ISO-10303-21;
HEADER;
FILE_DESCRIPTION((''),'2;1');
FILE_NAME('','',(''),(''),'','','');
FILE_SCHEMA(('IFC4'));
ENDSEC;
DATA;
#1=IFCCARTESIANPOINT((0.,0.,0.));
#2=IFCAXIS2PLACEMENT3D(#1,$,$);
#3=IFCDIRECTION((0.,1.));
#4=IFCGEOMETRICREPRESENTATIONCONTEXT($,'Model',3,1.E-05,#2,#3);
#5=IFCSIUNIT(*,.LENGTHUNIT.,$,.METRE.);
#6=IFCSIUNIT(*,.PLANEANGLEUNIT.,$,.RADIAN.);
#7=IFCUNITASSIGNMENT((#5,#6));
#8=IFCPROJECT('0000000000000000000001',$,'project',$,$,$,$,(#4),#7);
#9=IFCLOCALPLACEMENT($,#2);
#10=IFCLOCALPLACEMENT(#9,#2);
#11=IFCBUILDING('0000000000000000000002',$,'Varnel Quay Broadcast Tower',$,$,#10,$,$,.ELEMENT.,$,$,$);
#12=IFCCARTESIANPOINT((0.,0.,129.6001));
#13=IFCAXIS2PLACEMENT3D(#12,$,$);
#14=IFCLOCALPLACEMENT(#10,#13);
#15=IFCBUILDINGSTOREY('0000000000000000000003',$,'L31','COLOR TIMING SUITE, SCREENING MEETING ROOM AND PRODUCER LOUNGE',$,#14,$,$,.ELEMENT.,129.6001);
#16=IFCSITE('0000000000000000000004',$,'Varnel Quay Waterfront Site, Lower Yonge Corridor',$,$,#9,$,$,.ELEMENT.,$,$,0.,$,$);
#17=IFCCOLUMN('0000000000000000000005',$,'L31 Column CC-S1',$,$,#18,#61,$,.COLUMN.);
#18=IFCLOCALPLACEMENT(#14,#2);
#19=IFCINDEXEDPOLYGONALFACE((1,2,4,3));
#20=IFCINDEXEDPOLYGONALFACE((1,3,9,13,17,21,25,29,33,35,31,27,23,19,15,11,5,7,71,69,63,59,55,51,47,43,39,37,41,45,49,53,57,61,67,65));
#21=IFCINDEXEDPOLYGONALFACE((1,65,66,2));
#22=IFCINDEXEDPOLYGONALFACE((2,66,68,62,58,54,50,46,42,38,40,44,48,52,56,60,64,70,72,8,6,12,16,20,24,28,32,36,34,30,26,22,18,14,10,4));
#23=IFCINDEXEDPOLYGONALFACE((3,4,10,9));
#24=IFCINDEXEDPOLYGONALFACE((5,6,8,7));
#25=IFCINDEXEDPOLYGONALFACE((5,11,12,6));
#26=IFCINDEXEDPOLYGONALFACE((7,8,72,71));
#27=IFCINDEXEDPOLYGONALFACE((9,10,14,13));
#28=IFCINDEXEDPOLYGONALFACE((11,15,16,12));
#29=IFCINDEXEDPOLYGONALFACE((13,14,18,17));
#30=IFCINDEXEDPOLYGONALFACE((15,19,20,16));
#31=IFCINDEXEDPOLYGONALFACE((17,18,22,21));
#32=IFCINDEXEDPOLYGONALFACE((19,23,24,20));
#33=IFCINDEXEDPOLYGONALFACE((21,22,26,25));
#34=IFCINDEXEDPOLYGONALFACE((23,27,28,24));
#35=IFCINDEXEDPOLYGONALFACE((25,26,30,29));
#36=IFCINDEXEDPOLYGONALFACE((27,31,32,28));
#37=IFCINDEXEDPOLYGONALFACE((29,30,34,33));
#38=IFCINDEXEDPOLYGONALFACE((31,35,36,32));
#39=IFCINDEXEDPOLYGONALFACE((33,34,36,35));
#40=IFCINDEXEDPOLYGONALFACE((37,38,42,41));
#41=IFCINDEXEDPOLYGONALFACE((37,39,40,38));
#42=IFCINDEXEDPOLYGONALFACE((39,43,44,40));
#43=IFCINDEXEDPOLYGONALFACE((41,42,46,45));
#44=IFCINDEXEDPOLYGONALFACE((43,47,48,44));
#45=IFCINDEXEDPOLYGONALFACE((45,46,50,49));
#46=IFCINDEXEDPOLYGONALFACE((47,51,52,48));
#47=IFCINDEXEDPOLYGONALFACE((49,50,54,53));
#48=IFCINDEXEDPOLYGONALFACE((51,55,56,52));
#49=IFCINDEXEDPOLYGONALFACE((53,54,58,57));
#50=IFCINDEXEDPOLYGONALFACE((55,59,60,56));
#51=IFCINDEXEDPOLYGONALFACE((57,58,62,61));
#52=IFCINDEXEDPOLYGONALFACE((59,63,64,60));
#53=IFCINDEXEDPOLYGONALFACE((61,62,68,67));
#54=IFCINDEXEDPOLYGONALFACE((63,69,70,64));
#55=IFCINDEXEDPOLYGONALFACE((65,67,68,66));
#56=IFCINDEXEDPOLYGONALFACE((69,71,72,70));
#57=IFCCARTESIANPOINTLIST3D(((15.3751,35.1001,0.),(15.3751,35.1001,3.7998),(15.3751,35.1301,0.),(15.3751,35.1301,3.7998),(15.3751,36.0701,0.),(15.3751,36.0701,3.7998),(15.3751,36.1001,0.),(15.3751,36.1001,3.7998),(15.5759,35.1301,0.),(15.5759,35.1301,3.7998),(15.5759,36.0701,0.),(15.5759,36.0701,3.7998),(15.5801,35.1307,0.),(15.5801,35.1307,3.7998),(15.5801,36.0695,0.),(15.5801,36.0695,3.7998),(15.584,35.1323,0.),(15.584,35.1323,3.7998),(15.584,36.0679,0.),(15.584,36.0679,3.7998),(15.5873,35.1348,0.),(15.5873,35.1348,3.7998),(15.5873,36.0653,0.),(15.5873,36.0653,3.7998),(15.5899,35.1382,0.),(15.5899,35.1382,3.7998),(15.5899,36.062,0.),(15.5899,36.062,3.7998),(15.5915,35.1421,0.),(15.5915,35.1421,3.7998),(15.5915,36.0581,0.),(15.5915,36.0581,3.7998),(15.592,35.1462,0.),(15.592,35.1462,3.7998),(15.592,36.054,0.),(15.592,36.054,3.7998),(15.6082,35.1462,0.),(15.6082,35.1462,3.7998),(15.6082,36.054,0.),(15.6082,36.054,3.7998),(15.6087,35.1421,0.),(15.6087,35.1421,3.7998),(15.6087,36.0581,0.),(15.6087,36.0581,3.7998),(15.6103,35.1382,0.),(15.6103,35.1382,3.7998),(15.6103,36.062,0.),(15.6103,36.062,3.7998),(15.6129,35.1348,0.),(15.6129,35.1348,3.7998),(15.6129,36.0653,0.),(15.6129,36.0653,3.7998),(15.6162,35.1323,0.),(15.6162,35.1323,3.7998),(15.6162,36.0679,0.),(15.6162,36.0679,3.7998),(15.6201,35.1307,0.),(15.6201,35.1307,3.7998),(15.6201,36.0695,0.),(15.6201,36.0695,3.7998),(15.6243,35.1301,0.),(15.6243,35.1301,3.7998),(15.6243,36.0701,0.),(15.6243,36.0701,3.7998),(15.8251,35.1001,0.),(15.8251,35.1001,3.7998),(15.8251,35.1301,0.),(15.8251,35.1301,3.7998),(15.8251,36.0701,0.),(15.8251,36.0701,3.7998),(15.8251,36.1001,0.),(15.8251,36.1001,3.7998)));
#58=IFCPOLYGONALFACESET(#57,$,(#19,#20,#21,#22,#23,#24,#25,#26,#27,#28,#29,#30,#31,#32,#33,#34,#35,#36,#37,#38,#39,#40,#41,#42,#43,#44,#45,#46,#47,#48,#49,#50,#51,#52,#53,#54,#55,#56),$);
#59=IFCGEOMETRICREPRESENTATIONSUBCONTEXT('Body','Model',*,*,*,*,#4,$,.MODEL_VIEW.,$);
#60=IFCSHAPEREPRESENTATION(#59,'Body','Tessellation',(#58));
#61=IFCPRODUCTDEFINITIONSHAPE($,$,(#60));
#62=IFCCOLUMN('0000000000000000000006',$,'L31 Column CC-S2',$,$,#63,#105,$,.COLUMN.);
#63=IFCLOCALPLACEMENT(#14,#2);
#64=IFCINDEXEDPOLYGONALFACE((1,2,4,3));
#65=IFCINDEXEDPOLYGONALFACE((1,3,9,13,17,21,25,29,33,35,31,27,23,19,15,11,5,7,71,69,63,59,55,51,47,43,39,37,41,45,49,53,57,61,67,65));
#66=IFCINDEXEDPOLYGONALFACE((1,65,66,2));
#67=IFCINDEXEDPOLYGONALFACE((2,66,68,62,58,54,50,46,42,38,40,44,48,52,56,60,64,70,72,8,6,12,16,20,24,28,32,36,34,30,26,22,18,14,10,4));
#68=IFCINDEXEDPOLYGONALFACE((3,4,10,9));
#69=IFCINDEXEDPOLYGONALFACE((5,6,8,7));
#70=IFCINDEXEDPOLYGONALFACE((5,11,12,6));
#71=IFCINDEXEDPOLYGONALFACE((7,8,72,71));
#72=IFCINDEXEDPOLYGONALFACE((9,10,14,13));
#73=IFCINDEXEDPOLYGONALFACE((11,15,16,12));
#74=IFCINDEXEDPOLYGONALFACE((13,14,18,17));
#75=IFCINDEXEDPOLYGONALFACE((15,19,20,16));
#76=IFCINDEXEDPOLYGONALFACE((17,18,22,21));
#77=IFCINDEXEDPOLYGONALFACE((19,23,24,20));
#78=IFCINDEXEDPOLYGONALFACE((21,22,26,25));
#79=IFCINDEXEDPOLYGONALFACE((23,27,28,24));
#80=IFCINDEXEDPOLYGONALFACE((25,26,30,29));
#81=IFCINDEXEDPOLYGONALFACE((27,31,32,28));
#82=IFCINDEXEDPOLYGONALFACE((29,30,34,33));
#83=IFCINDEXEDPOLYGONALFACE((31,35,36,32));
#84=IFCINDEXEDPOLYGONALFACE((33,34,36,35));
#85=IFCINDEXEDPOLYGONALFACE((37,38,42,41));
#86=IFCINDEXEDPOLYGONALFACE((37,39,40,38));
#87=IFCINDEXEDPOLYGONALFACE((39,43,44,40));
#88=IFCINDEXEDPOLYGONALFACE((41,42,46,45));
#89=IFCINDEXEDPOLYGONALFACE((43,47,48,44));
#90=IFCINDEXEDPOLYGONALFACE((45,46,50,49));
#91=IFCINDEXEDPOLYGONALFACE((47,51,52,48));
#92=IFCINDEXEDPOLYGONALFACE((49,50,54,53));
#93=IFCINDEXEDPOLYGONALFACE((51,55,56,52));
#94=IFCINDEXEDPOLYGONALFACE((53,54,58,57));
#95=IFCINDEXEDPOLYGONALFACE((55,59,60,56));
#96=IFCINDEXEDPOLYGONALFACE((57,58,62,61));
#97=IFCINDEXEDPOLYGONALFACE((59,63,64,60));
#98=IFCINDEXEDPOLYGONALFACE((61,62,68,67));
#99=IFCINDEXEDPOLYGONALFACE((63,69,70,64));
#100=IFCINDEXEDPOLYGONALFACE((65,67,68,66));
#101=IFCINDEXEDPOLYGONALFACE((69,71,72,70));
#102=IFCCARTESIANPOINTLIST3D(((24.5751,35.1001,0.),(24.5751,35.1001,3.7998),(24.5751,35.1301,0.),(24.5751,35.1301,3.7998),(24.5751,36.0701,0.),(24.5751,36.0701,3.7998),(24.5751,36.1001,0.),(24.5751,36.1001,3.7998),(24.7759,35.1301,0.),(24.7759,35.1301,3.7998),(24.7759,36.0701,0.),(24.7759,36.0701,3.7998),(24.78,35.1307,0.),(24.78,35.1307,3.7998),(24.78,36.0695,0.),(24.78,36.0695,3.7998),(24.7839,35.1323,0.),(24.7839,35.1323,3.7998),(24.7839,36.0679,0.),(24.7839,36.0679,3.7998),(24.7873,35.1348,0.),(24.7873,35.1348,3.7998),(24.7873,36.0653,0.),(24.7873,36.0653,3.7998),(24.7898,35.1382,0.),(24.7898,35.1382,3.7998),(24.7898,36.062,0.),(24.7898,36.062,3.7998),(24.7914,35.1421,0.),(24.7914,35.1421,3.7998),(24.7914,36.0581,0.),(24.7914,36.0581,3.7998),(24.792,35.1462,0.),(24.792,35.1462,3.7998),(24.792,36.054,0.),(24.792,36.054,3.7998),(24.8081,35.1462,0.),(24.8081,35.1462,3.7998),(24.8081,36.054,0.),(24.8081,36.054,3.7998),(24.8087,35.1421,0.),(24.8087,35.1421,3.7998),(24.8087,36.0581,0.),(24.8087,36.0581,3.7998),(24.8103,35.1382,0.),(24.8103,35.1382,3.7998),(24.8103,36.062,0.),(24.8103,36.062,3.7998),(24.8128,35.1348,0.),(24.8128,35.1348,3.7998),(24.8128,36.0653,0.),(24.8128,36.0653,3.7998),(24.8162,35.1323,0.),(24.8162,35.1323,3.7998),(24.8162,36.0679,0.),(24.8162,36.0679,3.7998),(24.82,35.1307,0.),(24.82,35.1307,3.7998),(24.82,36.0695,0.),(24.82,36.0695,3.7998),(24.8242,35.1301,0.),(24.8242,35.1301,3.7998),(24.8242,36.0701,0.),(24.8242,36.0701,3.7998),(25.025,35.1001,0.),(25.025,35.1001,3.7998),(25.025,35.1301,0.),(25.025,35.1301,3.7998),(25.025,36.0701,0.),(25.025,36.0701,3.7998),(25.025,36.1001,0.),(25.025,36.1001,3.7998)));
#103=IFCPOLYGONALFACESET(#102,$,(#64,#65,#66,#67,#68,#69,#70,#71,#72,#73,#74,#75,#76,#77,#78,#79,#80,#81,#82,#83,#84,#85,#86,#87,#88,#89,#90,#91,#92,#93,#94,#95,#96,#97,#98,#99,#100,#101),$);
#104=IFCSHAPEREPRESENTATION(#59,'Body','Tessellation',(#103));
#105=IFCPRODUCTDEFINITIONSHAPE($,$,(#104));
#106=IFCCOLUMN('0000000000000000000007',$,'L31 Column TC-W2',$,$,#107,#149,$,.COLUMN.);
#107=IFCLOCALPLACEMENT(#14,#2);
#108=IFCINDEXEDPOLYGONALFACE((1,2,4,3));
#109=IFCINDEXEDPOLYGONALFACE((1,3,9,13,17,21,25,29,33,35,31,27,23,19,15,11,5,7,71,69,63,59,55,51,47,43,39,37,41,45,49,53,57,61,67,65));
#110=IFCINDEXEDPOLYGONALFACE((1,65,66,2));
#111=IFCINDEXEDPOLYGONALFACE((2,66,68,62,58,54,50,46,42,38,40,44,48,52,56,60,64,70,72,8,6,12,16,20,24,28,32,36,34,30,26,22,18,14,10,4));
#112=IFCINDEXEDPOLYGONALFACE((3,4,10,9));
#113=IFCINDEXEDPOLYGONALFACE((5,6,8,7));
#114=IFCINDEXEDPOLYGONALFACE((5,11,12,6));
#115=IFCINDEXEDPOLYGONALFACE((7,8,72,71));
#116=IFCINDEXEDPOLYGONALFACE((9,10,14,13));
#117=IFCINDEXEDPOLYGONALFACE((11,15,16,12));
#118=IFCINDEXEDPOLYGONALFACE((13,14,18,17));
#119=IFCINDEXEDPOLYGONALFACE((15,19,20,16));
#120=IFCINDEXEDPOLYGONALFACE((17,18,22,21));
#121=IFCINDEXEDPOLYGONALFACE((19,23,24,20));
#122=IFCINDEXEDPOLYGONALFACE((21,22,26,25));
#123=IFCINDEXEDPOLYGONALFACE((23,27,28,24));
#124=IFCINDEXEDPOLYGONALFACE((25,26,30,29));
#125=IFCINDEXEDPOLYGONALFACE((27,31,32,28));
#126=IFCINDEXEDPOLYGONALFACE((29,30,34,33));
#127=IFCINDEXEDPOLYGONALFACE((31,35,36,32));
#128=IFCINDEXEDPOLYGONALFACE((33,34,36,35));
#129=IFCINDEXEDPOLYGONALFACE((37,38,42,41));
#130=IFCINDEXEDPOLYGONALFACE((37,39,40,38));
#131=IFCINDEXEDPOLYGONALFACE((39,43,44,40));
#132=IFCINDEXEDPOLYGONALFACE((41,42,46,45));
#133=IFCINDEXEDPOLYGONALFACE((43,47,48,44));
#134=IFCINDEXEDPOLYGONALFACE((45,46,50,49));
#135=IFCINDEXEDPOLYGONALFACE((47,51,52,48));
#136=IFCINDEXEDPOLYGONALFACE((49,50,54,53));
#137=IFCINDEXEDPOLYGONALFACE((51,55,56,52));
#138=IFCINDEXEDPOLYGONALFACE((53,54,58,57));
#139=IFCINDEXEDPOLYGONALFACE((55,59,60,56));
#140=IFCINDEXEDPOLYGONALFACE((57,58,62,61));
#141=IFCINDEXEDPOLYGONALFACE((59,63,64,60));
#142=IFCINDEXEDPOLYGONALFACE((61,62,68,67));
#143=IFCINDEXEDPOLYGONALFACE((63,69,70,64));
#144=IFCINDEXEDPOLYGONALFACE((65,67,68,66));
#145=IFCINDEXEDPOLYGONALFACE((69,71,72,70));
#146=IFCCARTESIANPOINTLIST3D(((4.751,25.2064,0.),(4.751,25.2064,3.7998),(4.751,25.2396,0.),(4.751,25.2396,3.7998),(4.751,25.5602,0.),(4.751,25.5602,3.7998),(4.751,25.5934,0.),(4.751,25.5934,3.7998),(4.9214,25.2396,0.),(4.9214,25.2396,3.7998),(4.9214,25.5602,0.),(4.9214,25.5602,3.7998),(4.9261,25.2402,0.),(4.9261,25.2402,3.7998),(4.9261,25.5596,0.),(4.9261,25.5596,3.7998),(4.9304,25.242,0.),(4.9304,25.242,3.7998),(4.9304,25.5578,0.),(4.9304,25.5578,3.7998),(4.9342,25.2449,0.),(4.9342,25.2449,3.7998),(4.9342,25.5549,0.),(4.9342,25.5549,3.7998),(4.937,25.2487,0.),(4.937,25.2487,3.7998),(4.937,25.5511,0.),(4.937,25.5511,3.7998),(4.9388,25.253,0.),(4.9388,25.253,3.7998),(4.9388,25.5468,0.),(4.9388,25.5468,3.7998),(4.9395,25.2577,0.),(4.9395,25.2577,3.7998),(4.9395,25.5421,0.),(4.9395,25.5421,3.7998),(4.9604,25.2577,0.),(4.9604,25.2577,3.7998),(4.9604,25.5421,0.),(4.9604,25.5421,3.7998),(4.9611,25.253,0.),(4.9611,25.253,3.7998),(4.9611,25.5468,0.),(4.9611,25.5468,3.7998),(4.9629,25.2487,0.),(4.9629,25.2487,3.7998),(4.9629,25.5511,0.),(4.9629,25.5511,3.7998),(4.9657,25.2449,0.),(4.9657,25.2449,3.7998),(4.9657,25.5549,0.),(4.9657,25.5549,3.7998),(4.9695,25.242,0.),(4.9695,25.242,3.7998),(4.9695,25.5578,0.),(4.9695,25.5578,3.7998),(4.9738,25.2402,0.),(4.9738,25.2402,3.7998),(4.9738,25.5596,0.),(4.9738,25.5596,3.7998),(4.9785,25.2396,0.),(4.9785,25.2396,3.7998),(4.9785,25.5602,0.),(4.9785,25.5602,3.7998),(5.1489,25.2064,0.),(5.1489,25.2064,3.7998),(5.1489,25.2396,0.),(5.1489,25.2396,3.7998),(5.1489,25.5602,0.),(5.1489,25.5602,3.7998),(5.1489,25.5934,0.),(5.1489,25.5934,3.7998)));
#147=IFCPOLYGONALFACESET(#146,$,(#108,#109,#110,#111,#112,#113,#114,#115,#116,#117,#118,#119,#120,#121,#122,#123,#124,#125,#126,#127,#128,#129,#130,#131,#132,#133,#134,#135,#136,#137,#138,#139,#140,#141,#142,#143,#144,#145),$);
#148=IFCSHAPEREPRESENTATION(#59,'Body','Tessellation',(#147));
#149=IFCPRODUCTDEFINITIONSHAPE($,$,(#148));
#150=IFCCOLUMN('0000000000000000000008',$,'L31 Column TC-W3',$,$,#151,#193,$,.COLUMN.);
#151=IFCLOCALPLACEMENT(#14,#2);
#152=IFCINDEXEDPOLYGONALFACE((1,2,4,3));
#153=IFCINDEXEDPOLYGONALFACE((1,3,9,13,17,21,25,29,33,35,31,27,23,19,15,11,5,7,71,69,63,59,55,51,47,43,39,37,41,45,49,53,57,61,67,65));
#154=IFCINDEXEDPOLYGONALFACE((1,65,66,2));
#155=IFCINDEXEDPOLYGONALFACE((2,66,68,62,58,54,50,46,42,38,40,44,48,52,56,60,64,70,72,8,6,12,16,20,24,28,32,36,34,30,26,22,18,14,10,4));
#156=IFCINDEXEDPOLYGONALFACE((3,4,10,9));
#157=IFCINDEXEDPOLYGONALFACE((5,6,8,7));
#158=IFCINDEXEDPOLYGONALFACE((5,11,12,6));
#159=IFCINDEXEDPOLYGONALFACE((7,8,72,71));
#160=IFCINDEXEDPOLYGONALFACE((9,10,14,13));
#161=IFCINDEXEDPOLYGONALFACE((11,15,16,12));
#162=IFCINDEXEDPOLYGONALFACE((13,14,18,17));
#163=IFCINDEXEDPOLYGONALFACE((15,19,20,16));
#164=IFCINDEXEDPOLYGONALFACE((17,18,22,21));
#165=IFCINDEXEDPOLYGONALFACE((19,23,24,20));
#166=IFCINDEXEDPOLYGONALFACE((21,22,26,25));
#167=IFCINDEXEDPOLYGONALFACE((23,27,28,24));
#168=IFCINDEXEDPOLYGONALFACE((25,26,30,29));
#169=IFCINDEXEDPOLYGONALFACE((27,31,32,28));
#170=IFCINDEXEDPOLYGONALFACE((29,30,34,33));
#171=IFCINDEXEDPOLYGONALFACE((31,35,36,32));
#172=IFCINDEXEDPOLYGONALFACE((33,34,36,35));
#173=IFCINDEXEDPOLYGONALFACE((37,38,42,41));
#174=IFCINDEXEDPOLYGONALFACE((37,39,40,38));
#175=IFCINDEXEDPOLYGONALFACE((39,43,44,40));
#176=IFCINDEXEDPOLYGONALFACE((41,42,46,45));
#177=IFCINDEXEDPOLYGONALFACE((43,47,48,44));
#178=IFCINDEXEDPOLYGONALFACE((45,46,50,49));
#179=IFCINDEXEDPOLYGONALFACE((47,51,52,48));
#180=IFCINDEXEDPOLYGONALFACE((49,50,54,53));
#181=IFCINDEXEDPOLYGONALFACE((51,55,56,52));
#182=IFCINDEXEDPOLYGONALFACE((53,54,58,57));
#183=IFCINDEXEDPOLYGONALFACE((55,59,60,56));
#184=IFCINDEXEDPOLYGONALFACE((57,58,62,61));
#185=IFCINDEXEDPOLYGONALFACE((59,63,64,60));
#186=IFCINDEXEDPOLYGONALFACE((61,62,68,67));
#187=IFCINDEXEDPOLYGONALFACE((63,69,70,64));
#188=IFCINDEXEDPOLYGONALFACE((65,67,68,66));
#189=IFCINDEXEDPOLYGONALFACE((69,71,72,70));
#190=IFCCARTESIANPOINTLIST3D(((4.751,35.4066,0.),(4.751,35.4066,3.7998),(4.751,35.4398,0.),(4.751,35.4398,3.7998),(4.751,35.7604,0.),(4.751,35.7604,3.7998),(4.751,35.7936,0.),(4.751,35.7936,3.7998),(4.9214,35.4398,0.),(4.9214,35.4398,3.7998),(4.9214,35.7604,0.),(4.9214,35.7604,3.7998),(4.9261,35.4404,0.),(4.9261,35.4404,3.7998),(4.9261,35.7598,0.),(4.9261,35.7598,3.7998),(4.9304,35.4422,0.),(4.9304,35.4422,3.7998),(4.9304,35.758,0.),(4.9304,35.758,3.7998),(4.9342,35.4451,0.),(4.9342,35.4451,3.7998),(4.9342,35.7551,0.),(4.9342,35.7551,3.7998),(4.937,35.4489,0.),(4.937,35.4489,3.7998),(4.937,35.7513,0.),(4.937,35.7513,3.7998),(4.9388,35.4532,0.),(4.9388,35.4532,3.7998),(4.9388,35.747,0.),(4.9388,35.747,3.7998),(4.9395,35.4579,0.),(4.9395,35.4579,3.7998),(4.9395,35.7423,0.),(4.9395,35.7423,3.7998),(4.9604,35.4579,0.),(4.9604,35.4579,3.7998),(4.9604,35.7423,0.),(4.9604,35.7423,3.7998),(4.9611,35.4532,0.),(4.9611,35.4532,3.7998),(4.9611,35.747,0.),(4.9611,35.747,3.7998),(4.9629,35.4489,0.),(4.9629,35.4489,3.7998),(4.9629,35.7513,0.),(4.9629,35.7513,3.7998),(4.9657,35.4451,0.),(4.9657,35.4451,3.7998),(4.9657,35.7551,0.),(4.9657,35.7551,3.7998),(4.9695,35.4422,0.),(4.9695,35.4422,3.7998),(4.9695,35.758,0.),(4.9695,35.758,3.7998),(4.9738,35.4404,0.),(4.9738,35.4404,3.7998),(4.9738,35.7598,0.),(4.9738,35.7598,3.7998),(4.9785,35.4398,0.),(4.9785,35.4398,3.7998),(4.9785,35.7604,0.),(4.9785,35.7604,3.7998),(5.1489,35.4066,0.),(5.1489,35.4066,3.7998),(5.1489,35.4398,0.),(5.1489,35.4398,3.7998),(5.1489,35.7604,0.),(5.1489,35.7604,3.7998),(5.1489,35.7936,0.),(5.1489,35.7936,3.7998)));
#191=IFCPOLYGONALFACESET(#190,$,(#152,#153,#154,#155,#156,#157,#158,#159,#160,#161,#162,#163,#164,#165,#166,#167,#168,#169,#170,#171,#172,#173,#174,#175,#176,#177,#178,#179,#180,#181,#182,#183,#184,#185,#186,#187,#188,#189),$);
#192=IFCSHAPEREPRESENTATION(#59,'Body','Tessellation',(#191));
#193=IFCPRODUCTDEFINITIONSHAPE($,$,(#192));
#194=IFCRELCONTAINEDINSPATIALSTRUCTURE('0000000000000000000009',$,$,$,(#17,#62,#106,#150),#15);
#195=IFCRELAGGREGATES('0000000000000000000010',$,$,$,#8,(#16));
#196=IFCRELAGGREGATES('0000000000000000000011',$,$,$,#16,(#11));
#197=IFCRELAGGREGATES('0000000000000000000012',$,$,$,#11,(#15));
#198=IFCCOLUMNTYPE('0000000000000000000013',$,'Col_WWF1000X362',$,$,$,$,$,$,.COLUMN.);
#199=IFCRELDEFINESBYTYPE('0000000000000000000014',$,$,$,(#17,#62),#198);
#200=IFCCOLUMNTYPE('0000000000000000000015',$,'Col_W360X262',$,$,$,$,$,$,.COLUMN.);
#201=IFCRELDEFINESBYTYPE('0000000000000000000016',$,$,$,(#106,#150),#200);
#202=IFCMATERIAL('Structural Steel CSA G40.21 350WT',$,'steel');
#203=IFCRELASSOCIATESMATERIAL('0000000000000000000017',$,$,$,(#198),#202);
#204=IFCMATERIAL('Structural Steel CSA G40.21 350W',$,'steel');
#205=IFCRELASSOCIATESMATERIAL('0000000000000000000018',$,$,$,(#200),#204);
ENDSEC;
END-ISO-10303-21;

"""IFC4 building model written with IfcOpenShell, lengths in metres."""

from ifc_helpers import new_model, si_unit, direction, frame, origin, origin_2d, place, context, subcontext, project, spatial, i_section, extrude, source, transform, mapped, material, material_profile, profile_set, type_object, type_shapes, element, save


model = new_model("IFC4")

# Units and contexts
model_context = context("Model", 3, precision=1e-05, world=origin(), true_north=direction((0.0, 1.0)))
body_context = subcontext(model_context, "Body", "Model", "MODEL_VIEW")
ifc_project = project(units=[si_unit("LENGTHUNIT", "METRE"), si_unit("PLANEANGLEUNIT", "RADIAN")], contexts=[model_context])

# Site, building, storey
site_placement = place(None, origin())
site = spatial("IfcSite", under=ifc_project, at=site_placement, Name="Varnel Quay Waterfront Site, Lower Yonge Corridor", CompositionType="ELEMENT", RefElevation=0.0)
building_placement = place(site_placement, origin())
building = spatial("IfcBuilding", under=site, at=building_placement, Name="Varnel Quay Broadcast Tower", CompositionType="ELEMENT")
storey_placement = place(building_placement, frame((0.0, 0.0, 129.6001)))
storey = spatial("IfcBuildingStorey", under=building, at=storey_placement, Name="L31", Description="COLOR TIMING SUITE, SCREENING MEETING ROOM AND PRODUCER LOUNGE", CompositionType="ELEMENT", Elevation=129.6001)

# Columns
ifc_material_1 = material(Name="Structural Steel CSA G40.21 350WT", Category="steel")
ifc_material_profile_1 = material_profile(ifc_material_1, i_section(OverallWidth=0.45, OverallDepth=1.0, WebThickness=0.0161, FlangeThickness=0.03, FilletRadius=0.0161, at=origin_2d()), Name="WWF1000X362")
ifc_profile_set_1 = profile_set([ifc_material_profile_1], Name="Structural Steel CSA G40.21 350WT")
column_type_1 = type_object("IfcColumnType", Name="Col_WWF1000X362", PredefinedType="COLUMN", material=ifc_profile_set_1)
shared_shape_1 = source(origin(), body_context, "Body", "SweptSolid", [
    extrude(i_section(OverallWidth=0.45, OverallDepth=1.0, WebThickness=0.0161, FlangeThickness=0.03, FilletRadius=0.0161, at=origin_2d()), origin(), (0.0, 0.0, 1.0), 3.7998),
])
type_shapes(column_type_1, [shared_shape_1])
for number, where, z_axis, x_axis, name in (
    (1, (15.6001, 35.6001, 0.0), (0.0, 0.0, 1.0), (1.0, 0.0, 0.0), "L31 Column CC-S1"),
    (2, (24.8, 35.6001, 0.0), (0.0, 0.0, 1.0), (1.0, 0.0, 0.0), "L31 Column CC-S2"),
):
    element("IfcColumn", number, at=place(storey_placement, frame(where, z_axis=z_axis, x_axis=x_axis)), inside=storey, type_object=column_type_1, Name=name, PredefinedType="COLUMN", context=body_context, shape_type="MappedRepresentation", body=[
        mapped(shared_shape_1, transform((0.0, 0.0, 0.0), x_axis=(1.0, 0.0, 0.0), y_axis=(0.0, 1.0, 0.0), z_axis=(0.0, 0.0, 1.0), scale=1.0)),
    ])
ifc_material_2 = material(Name="Structural Steel CSA G40.21 350W", Category="steel")
ifc_material_profile_2 = material_profile(ifc_material_2, i_section(OverallWidth=0.3979, OverallDepth=0.387, WebThickness=0.021, FlangeThickness=0.0332, FilletRadius=0.0181, at=origin_2d()), Name="W360X262")
ifc_profile_set_2 = profile_set([ifc_material_profile_2], Name="Structural Steel CSA G40.21 350W")
column_type_2 = type_object("IfcColumnType", Name="Col_W360X262", PredefinedType="COLUMN", material=ifc_profile_set_2)
shared_shape_2 = source(origin(), body_context, "Body", "SweptSolid", [
    extrude(i_section(OverallWidth=0.3979, OverallDepth=0.387, WebThickness=0.021, FlangeThickness=0.0332, FilletRadius=0.0181, at=origin_2d()), origin(), (0.0, 0.0, 1.0), 3.7998),
])
type_shapes(column_type_2, [shared_shape_2])
for number, where, z_axis, x_axis, name in (
    (3, (4.95, 25.3999, 0.0), (0.0, 0.0, 1.0), (1.0, 0.0, 0.0), "L31 Column TC-W2"),
    (4, (4.95, 35.6001, 0.0), (0.0, 0.0, 1.0), (1.0, 0.0, 0.0), "L31 Column TC-W3"),
):
    element("IfcColumn", number, at=place(storey_placement, frame(where, z_axis=z_axis, x_axis=x_axis)), inside=storey, type_object=column_type_2, Name=name, PredefinedType="COLUMN", context=body_context, shape_type="MappedRepresentation", body=[
        mapped(shared_shape_2, transform((0.0, 0.0, 0.0), x_axis=(1.0, 0.0, 0.0), y_axis=(0.0, 1.0, 0.0), z_axis=(0.0, 0.0, 1.0), scale=1.0)),
    ])

save(model, "model.ifc")
